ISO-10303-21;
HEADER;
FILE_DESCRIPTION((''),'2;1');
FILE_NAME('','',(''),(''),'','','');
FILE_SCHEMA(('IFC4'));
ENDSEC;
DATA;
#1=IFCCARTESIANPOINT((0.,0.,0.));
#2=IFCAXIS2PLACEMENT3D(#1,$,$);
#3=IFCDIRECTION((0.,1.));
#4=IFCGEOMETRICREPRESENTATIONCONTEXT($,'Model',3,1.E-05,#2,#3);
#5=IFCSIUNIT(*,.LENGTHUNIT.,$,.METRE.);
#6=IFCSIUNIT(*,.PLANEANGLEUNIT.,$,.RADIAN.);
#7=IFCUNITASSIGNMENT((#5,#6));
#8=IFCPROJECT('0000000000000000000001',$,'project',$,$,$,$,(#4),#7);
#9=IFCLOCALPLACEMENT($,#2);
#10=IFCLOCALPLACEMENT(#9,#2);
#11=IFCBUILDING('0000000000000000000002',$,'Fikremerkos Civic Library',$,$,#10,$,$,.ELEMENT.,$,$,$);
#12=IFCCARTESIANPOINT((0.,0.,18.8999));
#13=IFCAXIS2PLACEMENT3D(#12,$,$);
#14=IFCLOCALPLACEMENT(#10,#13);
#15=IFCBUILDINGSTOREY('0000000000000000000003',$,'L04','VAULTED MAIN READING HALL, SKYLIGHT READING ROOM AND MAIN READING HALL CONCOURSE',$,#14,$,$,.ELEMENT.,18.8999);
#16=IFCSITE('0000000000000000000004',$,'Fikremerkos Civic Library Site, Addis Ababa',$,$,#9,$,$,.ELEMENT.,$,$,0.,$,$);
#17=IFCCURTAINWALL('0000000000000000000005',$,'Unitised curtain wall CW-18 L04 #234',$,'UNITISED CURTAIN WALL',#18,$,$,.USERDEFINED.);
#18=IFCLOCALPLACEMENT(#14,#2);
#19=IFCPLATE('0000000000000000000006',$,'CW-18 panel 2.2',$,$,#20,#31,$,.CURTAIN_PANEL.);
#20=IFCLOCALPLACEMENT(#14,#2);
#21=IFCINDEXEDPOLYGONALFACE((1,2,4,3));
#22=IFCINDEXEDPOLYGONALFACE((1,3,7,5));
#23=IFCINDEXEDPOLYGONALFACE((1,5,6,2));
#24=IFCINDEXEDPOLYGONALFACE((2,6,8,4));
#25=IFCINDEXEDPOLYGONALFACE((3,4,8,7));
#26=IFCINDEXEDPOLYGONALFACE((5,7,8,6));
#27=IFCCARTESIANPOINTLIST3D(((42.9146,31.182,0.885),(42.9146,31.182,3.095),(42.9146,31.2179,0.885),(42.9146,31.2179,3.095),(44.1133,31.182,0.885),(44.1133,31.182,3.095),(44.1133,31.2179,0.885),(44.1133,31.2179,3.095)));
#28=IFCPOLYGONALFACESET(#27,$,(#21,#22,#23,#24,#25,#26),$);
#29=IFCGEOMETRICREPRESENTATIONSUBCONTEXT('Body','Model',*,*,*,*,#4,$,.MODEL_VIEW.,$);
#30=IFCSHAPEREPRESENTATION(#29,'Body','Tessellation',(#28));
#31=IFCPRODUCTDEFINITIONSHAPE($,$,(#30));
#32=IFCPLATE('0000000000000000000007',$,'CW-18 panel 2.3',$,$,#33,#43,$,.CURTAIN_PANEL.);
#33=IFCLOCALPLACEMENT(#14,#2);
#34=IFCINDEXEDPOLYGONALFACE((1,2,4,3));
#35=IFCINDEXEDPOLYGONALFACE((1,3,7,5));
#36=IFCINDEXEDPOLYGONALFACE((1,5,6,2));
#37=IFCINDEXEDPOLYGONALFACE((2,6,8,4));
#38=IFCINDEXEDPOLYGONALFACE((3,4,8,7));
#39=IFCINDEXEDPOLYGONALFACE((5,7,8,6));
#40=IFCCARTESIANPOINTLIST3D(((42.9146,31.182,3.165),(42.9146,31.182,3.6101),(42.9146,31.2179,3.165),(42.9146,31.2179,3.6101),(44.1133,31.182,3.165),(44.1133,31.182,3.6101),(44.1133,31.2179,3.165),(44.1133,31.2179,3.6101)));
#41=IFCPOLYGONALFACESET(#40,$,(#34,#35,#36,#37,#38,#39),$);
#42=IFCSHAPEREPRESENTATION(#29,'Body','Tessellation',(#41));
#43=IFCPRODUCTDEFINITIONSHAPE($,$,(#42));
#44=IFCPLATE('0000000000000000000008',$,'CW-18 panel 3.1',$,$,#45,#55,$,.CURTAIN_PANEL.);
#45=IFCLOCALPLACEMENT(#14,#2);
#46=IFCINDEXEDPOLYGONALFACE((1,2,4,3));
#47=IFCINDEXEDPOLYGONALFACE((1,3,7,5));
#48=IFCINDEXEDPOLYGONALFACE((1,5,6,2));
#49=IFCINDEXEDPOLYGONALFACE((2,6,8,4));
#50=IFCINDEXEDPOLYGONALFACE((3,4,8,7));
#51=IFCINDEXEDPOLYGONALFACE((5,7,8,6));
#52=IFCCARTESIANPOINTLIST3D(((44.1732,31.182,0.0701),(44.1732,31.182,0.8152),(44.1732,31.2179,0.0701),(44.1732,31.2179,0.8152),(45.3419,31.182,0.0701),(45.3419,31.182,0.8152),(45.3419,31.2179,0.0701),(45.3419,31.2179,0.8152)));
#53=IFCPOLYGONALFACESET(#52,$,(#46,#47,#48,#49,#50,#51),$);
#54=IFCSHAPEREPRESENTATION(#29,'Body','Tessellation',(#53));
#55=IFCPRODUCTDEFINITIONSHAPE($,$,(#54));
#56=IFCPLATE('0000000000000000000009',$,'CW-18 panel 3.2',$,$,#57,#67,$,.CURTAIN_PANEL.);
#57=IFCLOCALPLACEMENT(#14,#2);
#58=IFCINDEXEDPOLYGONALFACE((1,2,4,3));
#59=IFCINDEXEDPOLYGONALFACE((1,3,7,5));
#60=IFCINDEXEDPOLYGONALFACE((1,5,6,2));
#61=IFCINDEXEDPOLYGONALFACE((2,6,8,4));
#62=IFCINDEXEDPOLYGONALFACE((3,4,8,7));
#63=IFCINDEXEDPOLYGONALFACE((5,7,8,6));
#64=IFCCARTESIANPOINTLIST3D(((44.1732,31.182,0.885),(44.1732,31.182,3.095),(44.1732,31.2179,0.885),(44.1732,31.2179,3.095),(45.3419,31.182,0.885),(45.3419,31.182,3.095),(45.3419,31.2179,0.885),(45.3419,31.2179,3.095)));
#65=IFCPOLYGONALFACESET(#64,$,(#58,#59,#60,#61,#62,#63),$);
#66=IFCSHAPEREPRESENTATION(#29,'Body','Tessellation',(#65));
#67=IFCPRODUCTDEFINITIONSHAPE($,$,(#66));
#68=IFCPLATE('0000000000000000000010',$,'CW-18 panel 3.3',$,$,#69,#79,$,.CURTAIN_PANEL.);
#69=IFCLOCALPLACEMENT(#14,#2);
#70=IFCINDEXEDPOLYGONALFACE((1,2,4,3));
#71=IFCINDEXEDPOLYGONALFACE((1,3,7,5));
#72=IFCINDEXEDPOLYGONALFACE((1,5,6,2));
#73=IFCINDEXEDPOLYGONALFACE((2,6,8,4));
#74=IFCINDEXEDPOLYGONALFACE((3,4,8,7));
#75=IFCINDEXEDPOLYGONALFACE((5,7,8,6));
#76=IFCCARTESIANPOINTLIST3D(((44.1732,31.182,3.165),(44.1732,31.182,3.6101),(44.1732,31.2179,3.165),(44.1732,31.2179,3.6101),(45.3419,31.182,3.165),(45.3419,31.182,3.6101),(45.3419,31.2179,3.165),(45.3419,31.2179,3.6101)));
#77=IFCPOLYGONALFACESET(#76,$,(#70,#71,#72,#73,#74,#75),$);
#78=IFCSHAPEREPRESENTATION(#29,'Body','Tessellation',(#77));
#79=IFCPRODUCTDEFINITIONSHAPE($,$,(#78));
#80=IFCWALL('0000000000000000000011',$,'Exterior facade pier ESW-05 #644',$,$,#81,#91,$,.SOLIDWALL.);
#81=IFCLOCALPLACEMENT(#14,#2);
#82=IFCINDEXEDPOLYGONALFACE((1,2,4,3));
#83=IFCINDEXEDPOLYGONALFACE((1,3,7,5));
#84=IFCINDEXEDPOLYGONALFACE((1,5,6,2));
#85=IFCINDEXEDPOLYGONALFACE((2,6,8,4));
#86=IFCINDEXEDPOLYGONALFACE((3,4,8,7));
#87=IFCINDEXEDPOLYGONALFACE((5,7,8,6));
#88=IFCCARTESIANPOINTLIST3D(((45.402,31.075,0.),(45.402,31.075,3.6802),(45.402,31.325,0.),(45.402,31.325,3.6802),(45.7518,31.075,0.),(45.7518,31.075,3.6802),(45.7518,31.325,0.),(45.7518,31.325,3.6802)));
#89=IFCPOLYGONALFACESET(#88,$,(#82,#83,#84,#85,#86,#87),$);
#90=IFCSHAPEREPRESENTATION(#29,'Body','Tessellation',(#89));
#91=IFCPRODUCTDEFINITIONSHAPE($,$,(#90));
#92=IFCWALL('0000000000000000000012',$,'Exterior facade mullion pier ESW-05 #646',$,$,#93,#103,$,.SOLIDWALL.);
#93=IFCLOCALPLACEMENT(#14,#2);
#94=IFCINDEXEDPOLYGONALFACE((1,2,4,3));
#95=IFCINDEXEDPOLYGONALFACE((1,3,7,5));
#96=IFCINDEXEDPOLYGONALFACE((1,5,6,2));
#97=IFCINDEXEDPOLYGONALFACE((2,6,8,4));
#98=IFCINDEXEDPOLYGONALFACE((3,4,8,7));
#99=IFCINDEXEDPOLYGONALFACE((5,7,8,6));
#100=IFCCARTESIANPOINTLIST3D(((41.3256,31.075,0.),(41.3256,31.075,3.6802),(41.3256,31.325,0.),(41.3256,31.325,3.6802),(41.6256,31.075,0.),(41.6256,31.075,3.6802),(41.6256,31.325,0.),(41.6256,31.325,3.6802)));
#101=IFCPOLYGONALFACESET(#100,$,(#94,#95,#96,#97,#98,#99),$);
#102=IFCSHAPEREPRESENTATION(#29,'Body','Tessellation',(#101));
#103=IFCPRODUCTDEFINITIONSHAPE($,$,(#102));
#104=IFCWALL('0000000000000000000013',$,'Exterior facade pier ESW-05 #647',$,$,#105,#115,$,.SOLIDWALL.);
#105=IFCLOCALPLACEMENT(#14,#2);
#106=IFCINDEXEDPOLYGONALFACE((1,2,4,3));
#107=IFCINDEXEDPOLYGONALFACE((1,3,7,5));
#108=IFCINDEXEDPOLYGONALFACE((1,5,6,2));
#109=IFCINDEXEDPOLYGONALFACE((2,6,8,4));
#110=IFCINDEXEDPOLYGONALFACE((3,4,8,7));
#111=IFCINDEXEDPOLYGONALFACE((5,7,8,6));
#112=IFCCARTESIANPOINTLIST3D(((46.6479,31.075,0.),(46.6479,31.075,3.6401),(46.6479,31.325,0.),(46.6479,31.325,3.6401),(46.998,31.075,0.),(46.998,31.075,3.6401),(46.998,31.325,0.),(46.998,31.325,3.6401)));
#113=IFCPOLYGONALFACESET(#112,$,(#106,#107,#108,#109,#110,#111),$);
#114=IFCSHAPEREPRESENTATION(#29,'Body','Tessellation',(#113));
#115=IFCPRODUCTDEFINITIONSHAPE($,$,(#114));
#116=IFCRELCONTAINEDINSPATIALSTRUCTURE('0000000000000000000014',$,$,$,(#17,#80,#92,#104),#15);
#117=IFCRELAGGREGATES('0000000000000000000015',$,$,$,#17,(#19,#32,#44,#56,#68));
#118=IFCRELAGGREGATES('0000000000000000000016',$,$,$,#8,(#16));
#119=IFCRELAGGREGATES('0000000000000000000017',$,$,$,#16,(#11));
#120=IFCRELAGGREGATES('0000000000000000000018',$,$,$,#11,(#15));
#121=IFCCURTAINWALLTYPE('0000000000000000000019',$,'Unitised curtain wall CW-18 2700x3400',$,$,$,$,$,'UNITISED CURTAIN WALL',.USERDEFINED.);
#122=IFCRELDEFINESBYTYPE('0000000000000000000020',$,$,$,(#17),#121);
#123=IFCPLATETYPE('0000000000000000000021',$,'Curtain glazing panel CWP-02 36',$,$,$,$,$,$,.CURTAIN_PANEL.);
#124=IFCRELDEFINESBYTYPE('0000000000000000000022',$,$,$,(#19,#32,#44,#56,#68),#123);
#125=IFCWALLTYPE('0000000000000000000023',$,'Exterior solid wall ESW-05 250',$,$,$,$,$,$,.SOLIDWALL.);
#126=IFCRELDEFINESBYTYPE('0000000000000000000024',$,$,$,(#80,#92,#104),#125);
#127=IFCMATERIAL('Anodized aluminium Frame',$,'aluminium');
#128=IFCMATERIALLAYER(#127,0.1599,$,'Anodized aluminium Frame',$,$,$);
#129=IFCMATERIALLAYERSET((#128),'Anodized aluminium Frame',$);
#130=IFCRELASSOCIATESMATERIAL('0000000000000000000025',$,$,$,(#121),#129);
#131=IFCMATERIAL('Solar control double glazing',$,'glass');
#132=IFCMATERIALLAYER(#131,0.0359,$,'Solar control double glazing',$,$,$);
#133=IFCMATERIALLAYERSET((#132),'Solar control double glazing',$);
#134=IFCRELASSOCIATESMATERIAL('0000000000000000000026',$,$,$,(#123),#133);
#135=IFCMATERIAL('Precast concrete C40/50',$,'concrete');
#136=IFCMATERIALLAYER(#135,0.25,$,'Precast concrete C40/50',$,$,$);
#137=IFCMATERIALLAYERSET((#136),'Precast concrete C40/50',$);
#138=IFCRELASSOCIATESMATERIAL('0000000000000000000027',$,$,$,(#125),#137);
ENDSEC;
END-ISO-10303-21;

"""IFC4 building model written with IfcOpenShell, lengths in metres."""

from ifc_helpers import new_model, si_unit, direction, frame, frame_2d, origin, origin_2d, place, context, subcontext, project, spatial, rectangle, extrude, material, layer, layer_set, type_object, element, aggregate, save


model = new_model("IFC4")

# Units and contexts
model_context = context("Model", 3, precision=1e-05, world=origin(), true_north=direction((0.0, 1.0)))
body_context = subcontext(model_context, "Body", "Model", "MODEL_VIEW")
ifc_project = project(units=[si_unit("LENGTHUNIT", "METRE"), si_unit("PLANEANGLEUNIT", "RADIAN")], contexts=[model_context])

# Site, building, storey
site_placement = place(None, origin())
site = spatial("IfcSite", under=ifc_project, at=site_placement, Name="Fikremerkos Civic Library Site, Addis Ababa", CompositionType="ELEMENT", RefElevation=0.0)
building_placement = place(site_placement, origin())
building = spatial("IfcBuilding", under=site, at=building_placement, Name="Fikremerkos Civic Library", CompositionType="ELEMENT")
storey_placement = place(building_placement, frame((0.0, 0.0, 18.8999)))
storey = spatial("IfcBuildingStorey", under=building, at=storey_placement, Name="L04", Description="VAULTED MAIN READING HALL, SKYLIGHT READING ROOM AND MAIN READING HALL CONCOURSE", CompositionType="ELEMENT", Elevation=18.8999)

# Curtain wall
ifc_material_1 = material(Name="Anodized aluminium Frame", Category="aluminium")
ifc_layer_1 = layer(ifc_material_1, 0.1599, Name="Anodized aluminium Frame")
ifc_layer_set_1 = layer_set([ifc_layer_1], Name="Anodized aluminium Frame")
curtain_wall_type_1 = type_object("IfcCurtainWallType", Name="Unitised curtain wall CW-18 2700x3400", ElementType="UNITISED CURTAIN WALL", PredefinedType="USERDEFINED", material=ifc_layer_set_1)
curtain_wall_1_placement = place(storey_placement, origin())
curtain_wall_1 = element("IfcCurtainWall", 1, at=curtain_wall_1_placement, inside=storey, type_object=curtain_wall_type_1, Name="Unitised curtain wall CW-18 L04 #234", ObjectType="UNITISED CURTAIN WALL", PredefinedType="USERDEFINED")

# Plates
ifc_material_2 = material(Name="Solar control double glazing", Category="glass")
ifc_layer_2 = layer(ifc_material_2, 0.0359, Name="Solar control double glazing")
ifc_layer_set_2 = layer_set([ifc_layer_2], Name="Solar control double glazing")
plate_type_1 = type_object("IfcPlateType", Name="Curtain glazing panel CWP-02 36", PredefinedType="CURTAIN_PANEL", material=ifc_layer_set_2)
plate_1_placement = place(storey_placement, frame((43.5139, 31.2, 0.885), z_axis=(0.0, 0.0, 1.0), x_axis=(1.0, 0.0, 0.0)))
plate_1 = element("IfcPlate", 2, at=plate_1_placement, type_object=plate_type_1, Name="CW-18 panel 2.2", PredefinedType="CURTAIN_PANEL", context=body_context, shape_type="SweptSolid", body=[
    extrude(rectangle(XDim=1.1987, YDim=0.0359, at=origin_2d()), origin(), (0.0, 0.0, 1.0), 2.21),
])
plate_2_placement = place(storey_placement, frame((43.5139, 31.2, 3.165), z_axis=(0.0, 0.0, 1.0), x_axis=(1.0, 0.0, 0.0)))
plate_2 = element("IfcPlate", 3, at=plate_2_placement, type_object=plate_type_1, Name="CW-18 panel 2.3", PredefinedType="CURTAIN_PANEL", context=body_context, shape_type="SweptSolid", body=[
    extrude(rectangle(XDim=1.1987, YDim=0.0359, at=origin_2d()), origin(), (0.0, 0.0, 1.0), 0.4451),
])
plate_3_placement = place(storey_placement, frame((44.7576, 31.2, 0.0701), z_axis=(0.0, 0.0, 1.0), x_axis=(1.0, 0.0, 0.0)))
plate_3 = element("IfcPlate", 4, at=plate_3_placement, type_object=plate_type_1, Name="CW-18 panel 3.1", PredefinedType="CURTAIN_PANEL", context=body_context, shape_type="SweptSolid", body=[
    extrude(rectangle(XDim=1.1687, YDim=0.0359, at=origin_2d()), origin(), (0.0, 0.0, 1.0), 0.7451),
])
plate_4_placement = place(storey_placement, frame((44.7576, 31.2, 0.885), z_axis=(0.0, 0.0, 1.0), x_axis=(1.0, 0.0, 0.0)))
plate_4 = element("IfcPlate", 5, at=plate_4_placement, type_object=plate_type_1, Name="CW-18 panel 3.2", PredefinedType="CURTAIN_PANEL", context=body_context, shape_type="SweptSolid", body=[
    extrude(rectangle(XDim=1.1687, YDim=0.0359, at=origin_2d()), origin(), (0.0, 0.0, 1.0), 2.21),
])
plate_5_placement = place(storey_placement, frame((44.7576, 31.2, 3.165), z_axis=(0.0, 0.0, 1.0), x_axis=(1.0, 0.0, 0.0)))
plate_5 = element("IfcPlate", 6, at=plate_5_placement, type_object=plate_type_1, Name="CW-18 panel 3.3", PredefinedType="CURTAIN_PANEL", context=body_context, shape_type="SweptSolid", body=[
    extrude(rectangle(XDim=1.1687, YDim=0.0359, at=origin_2d()), origin(), (0.0, 0.0, 1.0), 0.4451),
])
aggregate(curtain_wall_1, [plate_1, plate_2, plate_3, plate_4, plate_5])

# Walls
ifc_material_3 = material(Name="Precast concrete C40/50", Category="concrete")
ifc_layer_3 = layer(ifc_material_3, 0.25, Name="Precast concrete C40/50")
ifc_layer_set_3 = layer_set([ifc_layer_3], Name="Precast concrete C40/50")
wall_type = type_object("IfcWallType", Name="Exterior solid wall ESW-05 250", PredefinedType="SOLIDWALL", material=ifc_layer_set_3)
wall_1_placement = place(storey_placement, frame((45.4021, 31.2, 0.0), z_axis=(0.0, 0.0, 1.0), x_axis=(1.0, 0.0, 0.0)))
element("IfcWall", 7, at=wall_1_placement, inside=storey, type_object=wall_type, Name="Exterior facade pier ESW-05 #644", PredefinedType="SOLIDWALL", context=body_context, shape_type="SweptSolid", body=[
    extrude(rectangle(XDim=0.3499, YDim=0.25, at=frame_2d((0.1748, 0.0))), origin(), (0.0, 0.0, 1.0), 3.6802),
])
wall_2_placement = place(storey_placement, frame((41.3257, 31.2, 0.0), z_axis=(0.0, 0.0, 1.0), x_axis=(1.0, 0.0, 0.0)))
element("IfcWall", 8, at=wall_2_placement, inside=storey, type_object=wall_type, Name="Exterior facade mullion pier ESW-05 #646", PredefinedType="SOLIDWALL", context=body_context, shape_type="SweptSolid", body=[
    extrude(rectangle(XDim=0.3, YDim=0.25, at=frame_2d((0.1499, 0.0))), origin(), (0.0, 0.0, 1.0), 3.6802),
])
wall_3_placement = place(storey_placement, frame((46.6479, 31.2, 0.0), z_axis=(0.0, 0.0, 1.0), x_axis=(1.0, 0.0, 0.0)))
element("IfcWall", 9, at=wall_3_placement, inside=storey, type_object=wall_type, Name="Exterior facade pier ESW-05 #647", PredefinedType="SOLIDWALL", context=body_context, shape_type="SweptSolid", body=[
    extrude(rectangle(XDim=0.3501, YDim=0.25, at=frame_2d((0.175, 0.0))), origin(), (0.0, 0.0, 1.0), 3.6401),
])

save(model, "model.ifc")
